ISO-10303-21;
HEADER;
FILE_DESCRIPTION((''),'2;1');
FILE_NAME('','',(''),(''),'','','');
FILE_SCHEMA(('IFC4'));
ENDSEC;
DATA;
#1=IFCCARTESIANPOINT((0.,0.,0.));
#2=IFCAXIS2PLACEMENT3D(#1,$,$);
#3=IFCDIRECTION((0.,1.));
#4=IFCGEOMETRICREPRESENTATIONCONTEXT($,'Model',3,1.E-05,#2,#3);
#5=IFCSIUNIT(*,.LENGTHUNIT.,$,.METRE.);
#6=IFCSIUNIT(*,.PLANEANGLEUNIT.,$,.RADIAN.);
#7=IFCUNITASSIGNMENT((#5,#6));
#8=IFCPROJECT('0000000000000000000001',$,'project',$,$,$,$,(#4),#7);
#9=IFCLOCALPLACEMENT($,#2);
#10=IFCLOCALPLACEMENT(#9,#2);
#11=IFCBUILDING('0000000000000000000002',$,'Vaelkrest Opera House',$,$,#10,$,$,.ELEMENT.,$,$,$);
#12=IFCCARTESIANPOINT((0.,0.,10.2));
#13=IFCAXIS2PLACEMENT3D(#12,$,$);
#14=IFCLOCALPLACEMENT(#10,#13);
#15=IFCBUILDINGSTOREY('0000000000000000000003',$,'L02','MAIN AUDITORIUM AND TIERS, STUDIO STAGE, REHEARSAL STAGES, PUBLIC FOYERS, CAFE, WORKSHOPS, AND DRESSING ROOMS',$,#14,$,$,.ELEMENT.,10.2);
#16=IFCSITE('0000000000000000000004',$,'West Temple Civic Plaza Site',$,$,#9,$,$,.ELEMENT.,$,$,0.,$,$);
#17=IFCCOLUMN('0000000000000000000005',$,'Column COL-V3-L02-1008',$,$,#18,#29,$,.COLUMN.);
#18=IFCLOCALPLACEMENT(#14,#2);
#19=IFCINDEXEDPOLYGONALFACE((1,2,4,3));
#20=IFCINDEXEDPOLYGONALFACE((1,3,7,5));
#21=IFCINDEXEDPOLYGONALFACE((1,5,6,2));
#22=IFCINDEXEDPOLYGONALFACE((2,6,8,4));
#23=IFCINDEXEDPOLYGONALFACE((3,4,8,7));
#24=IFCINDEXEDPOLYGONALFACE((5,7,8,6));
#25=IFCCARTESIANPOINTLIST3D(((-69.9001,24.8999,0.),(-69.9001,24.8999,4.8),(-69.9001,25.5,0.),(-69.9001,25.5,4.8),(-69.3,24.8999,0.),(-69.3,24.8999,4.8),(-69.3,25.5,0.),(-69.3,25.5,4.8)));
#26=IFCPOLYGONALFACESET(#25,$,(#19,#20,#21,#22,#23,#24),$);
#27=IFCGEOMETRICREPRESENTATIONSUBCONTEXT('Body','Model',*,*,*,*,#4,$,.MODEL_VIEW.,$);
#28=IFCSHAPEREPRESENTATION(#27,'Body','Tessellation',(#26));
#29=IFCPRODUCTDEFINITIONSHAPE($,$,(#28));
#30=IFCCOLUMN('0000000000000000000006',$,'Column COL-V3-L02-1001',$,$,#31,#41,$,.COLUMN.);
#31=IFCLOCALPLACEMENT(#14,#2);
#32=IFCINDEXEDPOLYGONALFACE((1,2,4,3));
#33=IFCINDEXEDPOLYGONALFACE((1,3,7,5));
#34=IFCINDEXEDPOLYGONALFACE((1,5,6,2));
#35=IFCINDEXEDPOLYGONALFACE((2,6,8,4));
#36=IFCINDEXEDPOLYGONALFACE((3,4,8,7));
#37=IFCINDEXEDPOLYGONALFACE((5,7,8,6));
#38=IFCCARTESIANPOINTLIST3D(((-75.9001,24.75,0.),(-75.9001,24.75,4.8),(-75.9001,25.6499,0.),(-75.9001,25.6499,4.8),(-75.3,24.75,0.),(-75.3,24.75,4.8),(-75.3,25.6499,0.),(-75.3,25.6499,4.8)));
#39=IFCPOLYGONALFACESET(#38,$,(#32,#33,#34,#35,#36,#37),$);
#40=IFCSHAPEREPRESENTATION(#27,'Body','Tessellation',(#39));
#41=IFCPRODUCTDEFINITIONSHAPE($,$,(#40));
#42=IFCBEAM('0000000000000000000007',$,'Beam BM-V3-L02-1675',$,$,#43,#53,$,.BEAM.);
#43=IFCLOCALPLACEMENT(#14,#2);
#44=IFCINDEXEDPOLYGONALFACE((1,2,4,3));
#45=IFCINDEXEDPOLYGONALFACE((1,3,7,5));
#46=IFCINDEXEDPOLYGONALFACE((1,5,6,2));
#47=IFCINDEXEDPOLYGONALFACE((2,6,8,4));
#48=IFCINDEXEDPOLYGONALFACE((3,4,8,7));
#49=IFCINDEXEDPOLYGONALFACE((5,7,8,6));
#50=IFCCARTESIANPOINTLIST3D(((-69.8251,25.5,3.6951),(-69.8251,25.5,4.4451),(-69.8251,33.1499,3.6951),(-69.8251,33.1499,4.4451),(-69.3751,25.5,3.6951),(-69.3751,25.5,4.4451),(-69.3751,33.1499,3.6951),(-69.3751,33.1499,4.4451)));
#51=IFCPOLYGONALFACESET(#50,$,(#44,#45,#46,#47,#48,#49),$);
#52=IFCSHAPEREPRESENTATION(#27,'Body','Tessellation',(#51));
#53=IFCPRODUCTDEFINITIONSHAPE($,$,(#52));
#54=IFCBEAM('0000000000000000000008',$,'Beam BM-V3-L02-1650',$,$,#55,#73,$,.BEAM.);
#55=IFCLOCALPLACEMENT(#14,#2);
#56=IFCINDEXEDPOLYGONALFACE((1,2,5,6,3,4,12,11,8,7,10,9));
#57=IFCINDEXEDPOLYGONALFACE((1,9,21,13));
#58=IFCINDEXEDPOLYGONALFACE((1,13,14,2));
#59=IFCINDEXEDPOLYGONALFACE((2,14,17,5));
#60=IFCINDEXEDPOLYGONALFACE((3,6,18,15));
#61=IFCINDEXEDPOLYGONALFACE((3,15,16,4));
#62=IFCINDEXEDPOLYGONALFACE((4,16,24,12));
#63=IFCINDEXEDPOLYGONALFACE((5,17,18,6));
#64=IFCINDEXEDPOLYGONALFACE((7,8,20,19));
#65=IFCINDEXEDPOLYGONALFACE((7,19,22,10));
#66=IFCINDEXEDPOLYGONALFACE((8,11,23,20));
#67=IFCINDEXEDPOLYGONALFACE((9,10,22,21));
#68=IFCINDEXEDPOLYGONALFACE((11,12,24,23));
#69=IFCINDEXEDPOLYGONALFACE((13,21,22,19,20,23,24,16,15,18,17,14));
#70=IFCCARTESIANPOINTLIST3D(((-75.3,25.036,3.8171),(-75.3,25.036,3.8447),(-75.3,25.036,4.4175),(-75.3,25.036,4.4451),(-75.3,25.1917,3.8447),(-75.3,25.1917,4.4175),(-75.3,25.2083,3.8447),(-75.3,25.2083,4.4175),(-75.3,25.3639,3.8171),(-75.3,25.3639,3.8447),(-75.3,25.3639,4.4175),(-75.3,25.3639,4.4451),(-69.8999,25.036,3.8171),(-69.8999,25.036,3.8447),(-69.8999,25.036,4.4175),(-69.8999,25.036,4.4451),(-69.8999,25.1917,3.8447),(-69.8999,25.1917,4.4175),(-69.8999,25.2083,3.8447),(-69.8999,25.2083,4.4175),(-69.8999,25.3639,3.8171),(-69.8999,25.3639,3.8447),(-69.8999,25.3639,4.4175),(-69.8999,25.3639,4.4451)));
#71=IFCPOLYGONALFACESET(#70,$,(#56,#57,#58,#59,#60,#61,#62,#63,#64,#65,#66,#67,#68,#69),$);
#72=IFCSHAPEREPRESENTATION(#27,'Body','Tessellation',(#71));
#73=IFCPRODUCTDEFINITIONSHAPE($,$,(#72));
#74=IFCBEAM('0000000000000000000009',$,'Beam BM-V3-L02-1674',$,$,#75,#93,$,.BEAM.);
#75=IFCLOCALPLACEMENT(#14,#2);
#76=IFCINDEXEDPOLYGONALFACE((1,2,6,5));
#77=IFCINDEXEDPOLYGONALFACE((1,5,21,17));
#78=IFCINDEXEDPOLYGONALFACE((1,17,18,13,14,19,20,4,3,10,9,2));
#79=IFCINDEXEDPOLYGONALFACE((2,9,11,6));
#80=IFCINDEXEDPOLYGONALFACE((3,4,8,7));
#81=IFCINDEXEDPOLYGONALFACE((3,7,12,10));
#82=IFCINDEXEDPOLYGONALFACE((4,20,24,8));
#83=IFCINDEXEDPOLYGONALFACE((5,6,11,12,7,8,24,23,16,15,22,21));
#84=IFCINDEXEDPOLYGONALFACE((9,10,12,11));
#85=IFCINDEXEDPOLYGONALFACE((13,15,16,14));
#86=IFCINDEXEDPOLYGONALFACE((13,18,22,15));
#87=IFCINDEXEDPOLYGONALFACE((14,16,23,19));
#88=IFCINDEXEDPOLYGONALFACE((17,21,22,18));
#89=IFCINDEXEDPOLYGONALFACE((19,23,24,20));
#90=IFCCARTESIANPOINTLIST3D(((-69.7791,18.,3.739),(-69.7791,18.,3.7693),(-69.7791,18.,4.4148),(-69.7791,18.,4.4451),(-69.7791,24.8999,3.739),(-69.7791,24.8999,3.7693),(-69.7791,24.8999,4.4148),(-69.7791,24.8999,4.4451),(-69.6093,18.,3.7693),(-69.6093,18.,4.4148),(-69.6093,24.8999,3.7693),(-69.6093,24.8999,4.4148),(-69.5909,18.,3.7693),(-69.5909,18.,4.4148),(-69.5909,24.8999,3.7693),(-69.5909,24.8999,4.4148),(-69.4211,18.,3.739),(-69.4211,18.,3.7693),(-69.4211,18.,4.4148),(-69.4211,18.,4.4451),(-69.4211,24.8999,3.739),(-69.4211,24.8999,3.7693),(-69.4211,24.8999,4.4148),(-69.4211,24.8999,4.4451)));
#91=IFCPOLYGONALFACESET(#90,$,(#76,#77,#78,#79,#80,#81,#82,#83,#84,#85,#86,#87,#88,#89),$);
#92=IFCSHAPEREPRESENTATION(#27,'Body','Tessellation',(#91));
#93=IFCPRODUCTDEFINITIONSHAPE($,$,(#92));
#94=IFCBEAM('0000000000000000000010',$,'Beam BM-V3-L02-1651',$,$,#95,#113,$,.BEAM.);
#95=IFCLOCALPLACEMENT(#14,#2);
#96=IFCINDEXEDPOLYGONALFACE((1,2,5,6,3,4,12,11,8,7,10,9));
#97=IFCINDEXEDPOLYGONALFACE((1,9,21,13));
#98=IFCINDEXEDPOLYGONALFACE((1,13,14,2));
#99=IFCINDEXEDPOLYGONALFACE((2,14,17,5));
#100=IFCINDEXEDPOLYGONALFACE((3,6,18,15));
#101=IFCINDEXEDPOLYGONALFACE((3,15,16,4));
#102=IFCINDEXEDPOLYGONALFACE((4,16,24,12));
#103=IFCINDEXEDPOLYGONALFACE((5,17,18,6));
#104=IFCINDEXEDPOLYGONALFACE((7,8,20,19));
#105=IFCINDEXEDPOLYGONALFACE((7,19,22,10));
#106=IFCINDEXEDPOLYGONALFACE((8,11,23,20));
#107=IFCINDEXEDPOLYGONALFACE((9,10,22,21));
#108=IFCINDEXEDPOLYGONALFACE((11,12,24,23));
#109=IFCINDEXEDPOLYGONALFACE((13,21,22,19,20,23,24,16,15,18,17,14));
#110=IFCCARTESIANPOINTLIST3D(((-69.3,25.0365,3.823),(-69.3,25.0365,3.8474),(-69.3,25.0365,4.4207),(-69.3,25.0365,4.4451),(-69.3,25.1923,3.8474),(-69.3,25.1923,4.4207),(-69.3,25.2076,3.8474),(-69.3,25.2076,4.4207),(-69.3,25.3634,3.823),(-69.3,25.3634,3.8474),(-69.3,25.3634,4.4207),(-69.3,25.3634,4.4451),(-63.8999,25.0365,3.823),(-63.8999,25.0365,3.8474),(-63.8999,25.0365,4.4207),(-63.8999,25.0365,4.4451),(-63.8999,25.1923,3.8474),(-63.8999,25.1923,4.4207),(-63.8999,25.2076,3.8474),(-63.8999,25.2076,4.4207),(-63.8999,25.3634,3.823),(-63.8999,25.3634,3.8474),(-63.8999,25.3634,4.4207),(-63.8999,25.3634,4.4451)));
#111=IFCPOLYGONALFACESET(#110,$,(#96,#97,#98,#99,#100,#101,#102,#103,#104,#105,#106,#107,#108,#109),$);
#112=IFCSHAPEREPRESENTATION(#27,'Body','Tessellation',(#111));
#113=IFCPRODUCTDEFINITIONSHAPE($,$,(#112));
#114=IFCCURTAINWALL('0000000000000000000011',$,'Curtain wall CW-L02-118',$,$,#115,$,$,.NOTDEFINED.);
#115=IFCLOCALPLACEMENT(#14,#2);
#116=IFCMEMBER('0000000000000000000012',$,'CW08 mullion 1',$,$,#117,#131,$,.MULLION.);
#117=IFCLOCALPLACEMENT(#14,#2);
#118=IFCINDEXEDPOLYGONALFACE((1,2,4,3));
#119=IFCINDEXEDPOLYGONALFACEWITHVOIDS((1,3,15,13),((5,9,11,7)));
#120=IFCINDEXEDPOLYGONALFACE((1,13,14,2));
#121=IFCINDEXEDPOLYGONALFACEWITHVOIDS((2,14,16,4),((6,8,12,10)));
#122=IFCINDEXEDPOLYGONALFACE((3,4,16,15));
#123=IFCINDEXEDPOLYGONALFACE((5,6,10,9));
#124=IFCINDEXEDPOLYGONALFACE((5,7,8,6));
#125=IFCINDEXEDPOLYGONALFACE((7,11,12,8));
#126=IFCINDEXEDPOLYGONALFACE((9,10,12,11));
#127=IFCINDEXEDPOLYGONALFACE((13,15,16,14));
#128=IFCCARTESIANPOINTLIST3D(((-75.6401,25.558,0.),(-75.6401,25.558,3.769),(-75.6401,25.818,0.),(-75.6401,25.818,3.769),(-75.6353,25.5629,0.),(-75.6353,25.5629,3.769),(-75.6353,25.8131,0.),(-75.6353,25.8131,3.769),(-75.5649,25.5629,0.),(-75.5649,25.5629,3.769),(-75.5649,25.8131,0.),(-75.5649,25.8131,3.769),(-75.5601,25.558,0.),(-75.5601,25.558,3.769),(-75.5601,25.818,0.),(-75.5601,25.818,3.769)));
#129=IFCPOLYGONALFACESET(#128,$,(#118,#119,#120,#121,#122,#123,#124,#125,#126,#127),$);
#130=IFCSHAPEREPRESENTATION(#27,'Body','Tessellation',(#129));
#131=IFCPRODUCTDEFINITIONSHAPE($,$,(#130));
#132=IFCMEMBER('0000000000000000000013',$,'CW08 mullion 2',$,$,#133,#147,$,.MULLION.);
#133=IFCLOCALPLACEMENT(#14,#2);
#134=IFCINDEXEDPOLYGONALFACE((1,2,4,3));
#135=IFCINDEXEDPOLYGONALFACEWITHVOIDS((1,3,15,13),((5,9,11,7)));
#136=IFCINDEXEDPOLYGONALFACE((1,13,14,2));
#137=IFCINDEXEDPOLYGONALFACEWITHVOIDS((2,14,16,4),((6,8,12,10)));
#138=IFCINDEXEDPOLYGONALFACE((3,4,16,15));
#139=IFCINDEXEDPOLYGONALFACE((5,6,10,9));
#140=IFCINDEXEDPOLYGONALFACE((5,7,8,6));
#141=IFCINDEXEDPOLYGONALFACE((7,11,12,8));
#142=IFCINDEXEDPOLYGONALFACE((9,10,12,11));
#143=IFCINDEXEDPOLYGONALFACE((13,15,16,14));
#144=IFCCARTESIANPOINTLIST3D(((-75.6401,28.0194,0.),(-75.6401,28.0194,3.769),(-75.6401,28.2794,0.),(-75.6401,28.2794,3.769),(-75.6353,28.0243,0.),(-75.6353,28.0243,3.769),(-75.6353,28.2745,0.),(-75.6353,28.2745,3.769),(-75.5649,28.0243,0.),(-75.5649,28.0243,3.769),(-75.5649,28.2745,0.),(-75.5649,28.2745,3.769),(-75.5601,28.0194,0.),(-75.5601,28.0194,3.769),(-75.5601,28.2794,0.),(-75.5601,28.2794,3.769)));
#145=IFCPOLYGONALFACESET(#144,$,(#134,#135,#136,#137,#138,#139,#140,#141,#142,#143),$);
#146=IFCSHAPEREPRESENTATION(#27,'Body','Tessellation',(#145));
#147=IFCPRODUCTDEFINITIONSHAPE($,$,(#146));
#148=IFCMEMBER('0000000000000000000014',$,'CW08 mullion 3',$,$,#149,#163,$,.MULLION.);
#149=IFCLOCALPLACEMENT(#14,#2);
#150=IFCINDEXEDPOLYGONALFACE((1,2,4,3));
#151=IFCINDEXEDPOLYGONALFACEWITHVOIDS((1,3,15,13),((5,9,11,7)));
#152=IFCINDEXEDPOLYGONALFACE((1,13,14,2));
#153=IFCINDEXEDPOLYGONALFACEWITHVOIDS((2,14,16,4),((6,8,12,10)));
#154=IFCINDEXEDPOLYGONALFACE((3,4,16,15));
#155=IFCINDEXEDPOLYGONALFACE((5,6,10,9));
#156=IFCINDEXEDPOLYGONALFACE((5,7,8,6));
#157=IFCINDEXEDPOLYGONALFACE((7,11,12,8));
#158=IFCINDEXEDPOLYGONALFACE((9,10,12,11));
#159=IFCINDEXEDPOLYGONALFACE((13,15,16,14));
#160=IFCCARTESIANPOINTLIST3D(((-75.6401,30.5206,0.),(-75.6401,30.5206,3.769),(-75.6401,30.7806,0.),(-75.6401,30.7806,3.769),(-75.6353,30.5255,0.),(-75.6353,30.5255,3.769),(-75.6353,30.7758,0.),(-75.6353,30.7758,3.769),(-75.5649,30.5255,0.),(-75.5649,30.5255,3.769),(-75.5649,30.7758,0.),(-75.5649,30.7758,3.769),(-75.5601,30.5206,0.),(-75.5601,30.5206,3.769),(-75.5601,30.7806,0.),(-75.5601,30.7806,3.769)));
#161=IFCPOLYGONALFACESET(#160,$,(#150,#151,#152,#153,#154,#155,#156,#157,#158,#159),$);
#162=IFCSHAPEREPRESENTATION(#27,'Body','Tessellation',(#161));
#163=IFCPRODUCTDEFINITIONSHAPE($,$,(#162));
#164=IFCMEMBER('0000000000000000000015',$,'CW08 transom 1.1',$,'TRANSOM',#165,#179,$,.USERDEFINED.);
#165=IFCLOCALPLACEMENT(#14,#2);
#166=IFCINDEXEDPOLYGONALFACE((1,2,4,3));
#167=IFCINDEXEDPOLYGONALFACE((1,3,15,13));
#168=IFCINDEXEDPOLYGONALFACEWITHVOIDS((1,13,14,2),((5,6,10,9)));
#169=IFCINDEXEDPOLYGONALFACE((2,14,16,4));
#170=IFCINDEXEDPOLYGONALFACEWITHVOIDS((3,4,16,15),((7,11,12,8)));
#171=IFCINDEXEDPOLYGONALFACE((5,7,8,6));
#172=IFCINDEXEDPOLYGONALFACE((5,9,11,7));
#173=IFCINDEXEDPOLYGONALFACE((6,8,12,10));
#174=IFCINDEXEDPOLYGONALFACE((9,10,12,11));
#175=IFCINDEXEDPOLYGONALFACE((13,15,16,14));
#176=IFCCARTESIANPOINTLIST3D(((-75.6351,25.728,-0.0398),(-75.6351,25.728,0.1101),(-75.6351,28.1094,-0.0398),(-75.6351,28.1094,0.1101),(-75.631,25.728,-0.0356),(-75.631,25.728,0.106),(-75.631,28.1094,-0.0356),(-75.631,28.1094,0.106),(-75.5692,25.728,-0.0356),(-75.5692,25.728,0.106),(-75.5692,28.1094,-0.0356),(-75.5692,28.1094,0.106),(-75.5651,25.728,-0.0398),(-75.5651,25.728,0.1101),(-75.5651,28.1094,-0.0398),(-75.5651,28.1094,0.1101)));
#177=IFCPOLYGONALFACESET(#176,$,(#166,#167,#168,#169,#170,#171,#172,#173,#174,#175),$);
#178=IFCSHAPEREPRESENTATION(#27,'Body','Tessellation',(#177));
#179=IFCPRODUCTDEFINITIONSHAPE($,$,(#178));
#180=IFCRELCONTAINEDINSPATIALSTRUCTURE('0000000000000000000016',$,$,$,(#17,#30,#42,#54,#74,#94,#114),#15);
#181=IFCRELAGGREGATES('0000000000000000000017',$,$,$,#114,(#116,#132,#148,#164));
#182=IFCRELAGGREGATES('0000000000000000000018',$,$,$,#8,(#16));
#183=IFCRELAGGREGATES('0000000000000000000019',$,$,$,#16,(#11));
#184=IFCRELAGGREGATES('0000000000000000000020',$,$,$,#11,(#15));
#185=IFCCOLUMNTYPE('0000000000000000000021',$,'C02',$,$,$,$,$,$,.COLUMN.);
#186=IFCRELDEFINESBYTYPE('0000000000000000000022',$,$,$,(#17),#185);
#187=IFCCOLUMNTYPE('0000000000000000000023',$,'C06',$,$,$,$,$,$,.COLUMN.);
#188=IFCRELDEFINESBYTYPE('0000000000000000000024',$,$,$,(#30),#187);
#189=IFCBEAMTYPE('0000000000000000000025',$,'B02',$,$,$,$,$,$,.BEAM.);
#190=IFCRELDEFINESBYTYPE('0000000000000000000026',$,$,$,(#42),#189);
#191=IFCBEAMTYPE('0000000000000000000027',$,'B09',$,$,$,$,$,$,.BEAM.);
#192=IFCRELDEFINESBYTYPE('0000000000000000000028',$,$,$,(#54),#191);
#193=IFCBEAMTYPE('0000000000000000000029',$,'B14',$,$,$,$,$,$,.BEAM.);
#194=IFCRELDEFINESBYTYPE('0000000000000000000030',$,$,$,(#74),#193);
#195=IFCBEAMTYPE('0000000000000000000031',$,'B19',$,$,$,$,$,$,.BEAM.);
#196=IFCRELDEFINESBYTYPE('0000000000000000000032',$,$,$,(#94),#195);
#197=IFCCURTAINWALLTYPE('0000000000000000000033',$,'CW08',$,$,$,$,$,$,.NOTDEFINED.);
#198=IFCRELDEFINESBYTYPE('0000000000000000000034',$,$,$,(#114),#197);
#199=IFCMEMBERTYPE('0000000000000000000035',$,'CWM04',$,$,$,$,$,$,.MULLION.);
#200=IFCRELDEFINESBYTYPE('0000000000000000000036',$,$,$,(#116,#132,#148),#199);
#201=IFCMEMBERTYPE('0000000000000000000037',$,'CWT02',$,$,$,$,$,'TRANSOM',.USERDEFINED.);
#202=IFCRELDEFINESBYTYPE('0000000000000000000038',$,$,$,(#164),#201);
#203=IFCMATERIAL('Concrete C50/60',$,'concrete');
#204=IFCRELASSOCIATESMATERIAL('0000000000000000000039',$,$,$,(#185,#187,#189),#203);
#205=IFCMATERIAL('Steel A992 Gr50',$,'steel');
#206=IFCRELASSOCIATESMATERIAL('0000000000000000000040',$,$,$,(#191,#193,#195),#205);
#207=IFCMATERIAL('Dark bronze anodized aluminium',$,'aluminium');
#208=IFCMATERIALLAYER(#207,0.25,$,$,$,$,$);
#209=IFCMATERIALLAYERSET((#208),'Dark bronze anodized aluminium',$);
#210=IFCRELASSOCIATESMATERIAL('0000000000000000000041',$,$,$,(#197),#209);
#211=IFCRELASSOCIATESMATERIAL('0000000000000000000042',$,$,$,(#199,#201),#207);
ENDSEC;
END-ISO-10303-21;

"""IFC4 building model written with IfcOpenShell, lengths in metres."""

from ifc_helpers import new_model, si_unit, direction, frame, origin, origin_2d, place, context, subcontext, project, spatial, rectangle, hollow_rectangle, i_section, extrude, material, layer, layer_set, material_profile, profile_set, type_object, element, aggregate, save


model = new_model("IFC4")

# Units and contexts
model_context = context("Model", 3, precision=1e-05, world=origin(), true_north=direction((0.0, 1.0)))
body_context = subcontext(model_context, "Body", "Model", "MODEL_VIEW")
ifc_project = project(units=[si_unit("LENGTHUNIT", "METRE"), si_unit("PLANEANGLEUNIT", "RADIAN")], contexts=[model_context])

# Site, building, storey
site_placement = place(None, origin())
site = spatial("IfcSite", under=ifc_project, at=site_placement, Name="West Temple Civic Plaza Site", CompositionType="ELEMENT", RefElevation=0.0)
building_placement = place(site_placement, origin())
building = spatial("IfcBuilding", under=site, at=building_placement, Name="Vaelkrest Opera House", CompositionType="ELEMENT")
storey_placement = place(building_placement, frame((0.0, 0.0, 10.2)))
storey = spatial("IfcBuildingStorey", under=building, at=storey_placement, Name="L02", Description="MAIN AUDITORIUM AND TIERS, STUDIO STAGE, REHEARSAL STAGES, PUBLIC FOYERS, CAFE, WORKSHOPS, AND DRESSING ROOMS", CompositionType="ELEMENT", Elevation=10.2)

# Columns
ifc_material_1 = material(Name="Concrete C50/60", Category="concrete")
ifc_material_profile_1 = material_profile(ifc_material_1, rectangle(XDim=0.6001, YDim=0.6001, at=origin_2d()), Name="RC600X600")
ifc_profile_set_1 = profile_set([ifc_material_profile_1], Name="Concrete C50/60")
column_type_1 = type_object("IfcColumnType", Name="C02", PredefinedType="COLUMN", material=ifc_profile_set_1)
column_1_placement = place(storey_placement, frame((-69.6001, 25.2, 0.0), z_axis=(0.0, 0.0, 1.0), x_axis=(1.0, 0.0, 0.0)))
element("IfcColumn", 1, at=column_1_placement, inside=storey, type_object=column_type_1, Name="Column COL-V3-L02-1008", PredefinedType="COLUMN", context=body_context, shape_type="SweptSolid", body=[
    extrude(rectangle(XDim=0.6001, YDim=0.6001, at=origin_2d()), origin(), (0.0, 0.0, 1.0), 4.8),
])
ifc_material_profile_2 = material_profile(ifc_material_1, rectangle(XDim=0.6001, YDim=0.8999, at=origin_2d()), Name="RC600X900")
ifc_profile_set_2 = profile_set([ifc_material_profile_2], Name="Concrete C50/60")
column_type_2 = type_object("IfcColumnType", Name="C06", PredefinedType="COLUMN", material=ifc_profile_set_2)
column_2_placement = place(storey_placement, frame((-75.6001, 25.2, 0.0), z_axis=(0.0, 0.0, 1.0), x_axis=(1.0, 0.0, 0.0)))
element("IfcColumn", 2, at=column_2_placement, inside=storey, type_object=column_type_2, Name="Column COL-V3-L02-1001", PredefinedType="COLUMN", context=body_context, shape_type="SweptSolid", body=[
    extrude(rectangle(XDim=0.6001, YDim=0.8999, at=origin_2d()), origin(), (0.0, 0.0, 1.0), 4.8),
])

# Beams
ifc_material_profile_3 = material_profile(ifc_material_1, rectangle(XDim=0.45, YDim=0.75, at=origin_2d()), Name="RCB450X750")
ifc_profile_set_3 = profile_set([ifc_material_profile_3], Name="Concrete C50/60")
beam_type_1 = type_object("IfcBeamType", Name="B02", PredefinedType="BEAM", material=ifc_profile_set_3)
beam_1_placement = place(storey_placement, frame((-69.6001, 25.5, 4.0701), z_axis=(0.0, 1.0, 0.0), x_axis=(-1.0, 0.0, 0.0)))
element("IfcBeam", 3, at=beam_1_placement, inside=storey, type_object=beam_type_1, Name="Beam BM-V3-L02-1675", PredefinedType="BEAM", context=body_context, shape_type="SweptSolid", body=[
    extrude(rectangle(XDim=0.45, YDim=0.75, at=origin_2d()), origin(), (0.0, 0.0, 1.0), 7.6499),
])
ifc_material_2 = material(Name="Steel A992 Gr50", Category="steel")
ifc_material_profile_4 = material_profile(ifc_material_2, i_section(OverallWidth=0.3279, OverallDepth=0.6279, WebThickness=0.0166, FlangeThickness=0.0276, at=origin_2d()), Name="W24X146")
ifc_profile_set_4 = profile_set([ifc_material_profile_4], Name="Steel A992 Gr50")
beam_type_2 = type_object("IfcBeamType", Name="B09", PredefinedType="BEAM", material=ifc_profile_set_4)
beam_2_placement = place(storey_placement, frame((-75.3, 25.2, 4.1311), z_axis=(1.0, 0.0, 0.0), x_axis=(0.0, 1.0, 0.0)))
element("IfcBeam", 4, at=beam_2_placement, inside=storey, type_object=beam_type_2, Name="Beam BM-V3-L02-1650", PredefinedType="BEAM", context=body_context, shape_type="SweptSolid", body=[
    extrude(i_section(OverallWidth=0.3279, OverallDepth=0.6279, WebThickness=0.0166, FlangeThickness=0.0276, at=origin_2d()), origin(), (0.0, 0.0, 1.0), 5.4001),
])
ifc_material_profile_5 = material_profile(ifc_material_2, i_section(OverallWidth=0.3579, OverallDepth=0.7061, WebThickness=0.0183, FlangeThickness=0.0303, at=origin_2d()), Name="W27X178")
ifc_profile_set_5 = profile_set([ifc_material_profile_5], Name="Steel A992 Gr50")
beam_type_3 = type_object("IfcBeamType", Name="B14", PredefinedType="BEAM", material=ifc_profile_set_5)
beam_3_placement = place(storey_placement, frame((-69.6001, 18.0, 4.092), z_axis=(0.0, 1.0, 0.0), x_axis=(-1.0, 0.0, 0.0)))
element("IfcBeam", 5, at=beam_3_placement, inside=storey, type_object=beam_type_3, Name="Beam BM-V3-L02-1674", PredefinedType="BEAM", context=body_context, shape_type="SweptSolid", body=[
    extrude(i_section(OverallWidth=0.3579, OverallDepth=0.7061, WebThickness=0.0183, FlangeThickness=0.0303, at=origin_2d()), origin(), (0.0, 0.0, 1.0), 6.8999),
])
ifc_material_profile_6 = material_profile(ifc_material_2, i_section(OverallWidth=0.3269, OverallDepth=0.6221, WebThickness=0.0154, FlangeThickness=0.0244, at=origin_2d()), Name="W24X131")
ifc_profile_set_6 = profile_set([ifc_material_profile_6], Name="Steel A992 Gr50")
beam_type_4 = type_object("IfcBeamType", Name="B19", PredefinedType="BEAM", material=ifc_profile_set_6)
beam_4_placement = place(storey_placement, frame((-69.3, 25.2, 4.134), z_axis=(1.0, 0.0, 0.0), x_axis=(0.0, 1.0, 0.0)))
element("IfcBeam", 6, at=beam_4_placement, inside=storey, type_object=beam_type_4, Name="Beam BM-V3-L02-1651", PredefinedType="BEAM", context=body_context, shape_type="SweptSolid", body=[
    extrude(i_section(OverallWidth=0.3269, OverallDepth=0.6221, WebThickness=0.0154, FlangeThickness=0.0244, at=origin_2d()), origin(), (0.0, 0.0, 1.0), 5.4001),
])

# Curtain wall, members
ifc_material_3 = material(Name="Dark bronze anodized aluminium", Category="aluminium")
ifc_layer_1 = layer(ifc_material_3, 0.25)
ifc_layer_set_1 = layer_set([ifc_layer_1], Name="Dark bronze anodized aluminium")
curtain_wall_type = type_object("IfcCurtainWallType", Name="CW08", PredefinedType="NOTDEFINED", material=ifc_layer_set_1)
curtain_wall_placement = place(storey_placement, origin())
curtain_wall = element("IfcCurtainWall", 7, at=curtain_wall_placement, inside=storey, type_object=curtain_wall_type, Name="Curtain wall CW-L02-118", PredefinedType="NOTDEFINED")
ifc_material_profile_7 = material_profile(ifc_material_3, hollow_rectangle(XDim=0.0801, YDim=0.26, WallThickness=0.0049, at=origin_2d()), Name="CWM80X260")
ifc_profile_set_7 = profile_set([ifc_material_profile_7], Name="Dark bronze anodized aluminium")
member_type_1 = type_object("IfcMemberType", Name="CWM04", PredefinedType="MULLION", material=ifc_profile_set_7)
member_1_placement = place(storey_placement, frame((-75.6001, 25.688, 0.0), z_axis=(0.0, 0.0, 1.0), x_axis=(-1.0, 0.0, 0.0)))
member_1 = element("IfcMember", 8, at=member_1_placement, type_object=member_type_1, Name="CW08 mullion 1", PredefinedType="MULLION", context=body_context, shape_type="SweptSolid", body=[
    extrude(hollow_rectangle(XDim=0.0801, YDim=0.26, WallThickness=0.0049, at=origin_2d()), origin(), (0.0, 0.0, 1.0), 3.769),
])
member_2_placement = place(storey_placement, frame((-75.6001, 28.1494, 0.0), z_axis=(0.0, 0.0, 1.0), x_axis=(-1.0, 0.0, 0.0)))
member_2 = element("IfcMember", 9, at=member_2_placement, type_object=member_type_1, Name="CW08 mullion 2", PredefinedType="MULLION", context=body_context, shape_type="SweptSolid", body=[
    extrude(hollow_rectangle(XDim=0.0801, YDim=0.26, WallThickness=0.0049, at=origin_2d()), origin(), (0.0, 0.0, 1.0), 3.769),
])
member_3_placement = place(storey_placement, frame((-75.6001, 30.6506, 0.0), z_axis=(0.0, 0.0, 1.0), x_axis=(-1.0, 0.0, 0.0)))
member_3 = element("IfcMember", 10, at=member_3_placement, type_object=member_type_1, Name="CW08 mullion 3", PredefinedType="MULLION", context=body_context, shape_type="SweptSolid", body=[
    extrude(hollow_rectangle(XDim=0.0801, YDim=0.26, WallThickness=0.0049, at=origin_2d()), origin(), (0.0, 0.0, 1.0), 3.769),
])
ifc_material_profile_8 = material_profile(ifc_material_3, hollow_rectangle(XDim=0.0701, YDim=0.1499, WallThickness=0.0042, at=origin_2d()), Name="CWT70X150")
ifc_profile_set_8 = profile_set([ifc_material_profile_8], Name="Dark bronze anodized aluminium")
member_type_2 = type_object("IfcMemberType", Name="CWT02", ElementType="TRANSOM", PredefinedType="USERDEFINED", material=ifc_profile_set_8)
member_4_placement = place(storey_placement, frame((-75.6001, 25.728, 0.0352), z_axis=(0.0, 1.0, 0.0), x_axis=(-1.0, 0.0, 0.0)))
member_4 = element("IfcMember", 11, at=member_4_placement, type_object=member_type_2, Name="CW08 transom 1.1", ObjectType="TRANSOM", PredefinedType="USERDEFINED", context=body_context, shape_type="SweptSolid", body=[
    extrude(hollow_rectangle(XDim=0.0701, YDim=0.1499, WallThickness=0.0042, at=origin_2d()), origin(), (0.0, 0.0, 1.0), 2.3813),
])

aggregate(curtain_wall, [member_1, member_2, member_3, member_4])

save(model, "model.ifc")
